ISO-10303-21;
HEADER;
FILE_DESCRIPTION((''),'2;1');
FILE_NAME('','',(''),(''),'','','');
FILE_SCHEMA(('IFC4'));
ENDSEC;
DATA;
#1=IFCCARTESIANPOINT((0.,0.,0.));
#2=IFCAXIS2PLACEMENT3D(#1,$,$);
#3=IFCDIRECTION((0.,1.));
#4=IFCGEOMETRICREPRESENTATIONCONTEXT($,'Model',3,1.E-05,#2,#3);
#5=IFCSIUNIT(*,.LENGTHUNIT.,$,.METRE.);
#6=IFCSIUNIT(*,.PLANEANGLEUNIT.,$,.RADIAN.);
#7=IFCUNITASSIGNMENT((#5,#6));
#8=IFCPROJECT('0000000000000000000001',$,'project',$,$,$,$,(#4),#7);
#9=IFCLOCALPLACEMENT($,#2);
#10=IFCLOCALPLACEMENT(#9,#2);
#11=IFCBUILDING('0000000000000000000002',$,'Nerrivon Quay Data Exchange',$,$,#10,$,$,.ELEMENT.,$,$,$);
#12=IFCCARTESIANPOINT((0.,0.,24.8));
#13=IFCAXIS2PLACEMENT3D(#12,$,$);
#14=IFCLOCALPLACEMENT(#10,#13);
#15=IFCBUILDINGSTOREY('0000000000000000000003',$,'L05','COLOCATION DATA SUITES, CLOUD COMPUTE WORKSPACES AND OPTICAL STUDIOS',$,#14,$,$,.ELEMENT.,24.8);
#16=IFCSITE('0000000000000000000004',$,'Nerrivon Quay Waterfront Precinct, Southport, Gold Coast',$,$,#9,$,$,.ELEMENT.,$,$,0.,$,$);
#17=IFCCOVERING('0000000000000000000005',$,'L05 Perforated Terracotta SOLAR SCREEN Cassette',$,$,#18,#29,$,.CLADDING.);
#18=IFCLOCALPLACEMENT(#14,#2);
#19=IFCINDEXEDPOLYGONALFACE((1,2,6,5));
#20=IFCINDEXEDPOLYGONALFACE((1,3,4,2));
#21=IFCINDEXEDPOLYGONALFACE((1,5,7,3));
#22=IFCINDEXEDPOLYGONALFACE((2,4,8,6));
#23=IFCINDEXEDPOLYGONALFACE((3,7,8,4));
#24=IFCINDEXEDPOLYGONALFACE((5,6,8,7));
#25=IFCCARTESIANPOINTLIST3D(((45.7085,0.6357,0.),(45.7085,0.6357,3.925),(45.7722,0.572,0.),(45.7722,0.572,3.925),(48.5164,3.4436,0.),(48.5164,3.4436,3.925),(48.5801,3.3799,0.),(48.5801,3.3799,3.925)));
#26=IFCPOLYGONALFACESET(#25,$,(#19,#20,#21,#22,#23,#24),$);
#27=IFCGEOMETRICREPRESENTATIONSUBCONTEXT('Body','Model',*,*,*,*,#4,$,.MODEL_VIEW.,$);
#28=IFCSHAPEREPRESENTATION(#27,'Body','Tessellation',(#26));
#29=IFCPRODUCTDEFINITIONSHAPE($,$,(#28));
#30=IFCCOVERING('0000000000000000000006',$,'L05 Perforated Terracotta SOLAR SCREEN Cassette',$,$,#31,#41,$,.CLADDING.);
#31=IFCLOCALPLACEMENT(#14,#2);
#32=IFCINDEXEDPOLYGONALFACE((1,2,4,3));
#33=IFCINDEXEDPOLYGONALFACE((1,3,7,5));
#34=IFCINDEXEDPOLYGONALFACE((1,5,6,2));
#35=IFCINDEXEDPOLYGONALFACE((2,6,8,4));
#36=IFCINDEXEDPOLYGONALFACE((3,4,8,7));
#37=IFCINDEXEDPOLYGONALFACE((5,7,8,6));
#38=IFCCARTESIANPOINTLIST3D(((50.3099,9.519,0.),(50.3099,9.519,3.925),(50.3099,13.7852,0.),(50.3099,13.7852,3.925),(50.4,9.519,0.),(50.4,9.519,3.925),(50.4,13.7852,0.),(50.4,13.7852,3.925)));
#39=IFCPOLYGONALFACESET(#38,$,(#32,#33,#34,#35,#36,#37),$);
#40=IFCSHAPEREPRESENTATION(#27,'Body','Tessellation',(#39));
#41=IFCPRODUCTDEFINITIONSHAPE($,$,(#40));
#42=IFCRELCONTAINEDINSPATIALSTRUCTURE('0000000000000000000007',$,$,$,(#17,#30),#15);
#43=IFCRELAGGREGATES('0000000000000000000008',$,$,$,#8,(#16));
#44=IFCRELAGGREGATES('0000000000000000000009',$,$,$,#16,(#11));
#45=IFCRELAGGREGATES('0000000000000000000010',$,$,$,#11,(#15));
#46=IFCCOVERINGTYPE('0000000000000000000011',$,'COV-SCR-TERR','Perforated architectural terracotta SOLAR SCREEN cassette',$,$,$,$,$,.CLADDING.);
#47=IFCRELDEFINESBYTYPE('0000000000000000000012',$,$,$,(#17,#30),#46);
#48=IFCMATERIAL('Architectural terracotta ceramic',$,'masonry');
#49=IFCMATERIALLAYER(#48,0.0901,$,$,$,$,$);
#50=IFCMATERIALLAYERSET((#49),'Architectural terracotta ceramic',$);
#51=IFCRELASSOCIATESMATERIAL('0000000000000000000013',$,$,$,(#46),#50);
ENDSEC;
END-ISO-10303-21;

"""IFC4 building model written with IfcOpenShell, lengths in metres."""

from ifc_helpers import new_model, si_unit, direction, frame, origin, origin_2d, place, context, subcontext, project, spatial, rectangle, extrude, material, layer, layer_set, type_object, element, save


model = new_model("IFC4")

# Units and contexts
model_context = context("Model", 3, precision=1e-05, world=origin(), true_north=direction((0.0, 1.0)))
body_context = subcontext(model_context, "Body", "Model", "MODEL_VIEW")
ifc_project = project(units=[si_unit("LENGTHUNIT", "METRE"), si_unit("PLANEANGLEUNIT", "RADIAN")], contexts=[model_context])

# Site, building, storey
site_placement = place(None, origin())
site = spatial("IfcSite", under=ifc_project, at=site_placement, Name="Nerrivon Quay Waterfront Precinct, Southport, Gold Coast", CompositionType="ELEMENT", RefElevation=0.0)
building_placement = place(site_placement, origin())
building = spatial("IfcBuilding", under=site, at=building_placement, Name="Nerrivon Quay Data Exchange", CompositionType="ELEMENT")
storey_placement = place(building_placement, frame((0.0, 0.0, 24.8)))
storey = spatial("IfcBuildingStorey", under=building, at=storey_placement, Name="L05", Description="COLOCATION DATA SUITES, CLOUD COMPUTE WORKSPACES AND OPTICAL STUDIOS", CompositionType="ELEMENT", Elevation=24.8)

# Coverings
ifc_material_1 = material(Name="Architectural terracotta ceramic", Category="masonry")
ifc_layer_1 = layer(ifc_material_1, 0.0901)
ifc_layer_set_1 = layer_set([ifc_layer_1], Name="Architectural terracotta ceramic")
covering_type = type_object("IfcCoveringType", Name="COV-SCR-TERR", Description="Perforated architectural terracotta SOLAR SCREEN cassette", PredefinedType="CLADDING", material=ifc_layer_set_1)
covering_1_placement = place(storey_placement, frame((47.1443, 2.0078, 0.0), z_axis=(0.0, 0.0, 1.0), x_axis=(-0.707107, -0.707107, 0.0)))
element("IfcCovering", 1, at=covering_1_placement, inside=storey, type_object=covering_type, Name="L05 Perforated Terracotta SOLAR SCREEN Cassette", PredefinedType="CLADDING", context=body_context, shape_type="SweptSolid", body=[
    extrude(rectangle(XDim=3.9709, YDim=0.0901, at=origin_2d()), origin(), (0.0, 0.0, 1.0), 3.925),
])
covering_2_placement = place(storey_placement, frame((50.355, 11.6521, 0.0), z_axis=(0.0, 0.0, 1.0), x_axis=(0.0, -1.0, 0.0)))
element("IfcCovering", 2, at=covering_2_placement, inside=storey, type_object=covering_type, Name="L05 Perforated Terracotta SOLAR SCREEN Cassette", PredefinedType="CLADDING", context=body_context, shape_type="SweptSolid", body=[
    extrude(rectangle(XDim=4.2661, YDim=0.0901, at=origin_2d()), origin(), (0.0, 0.0, 1.0), 3.925),
])

save(model, "model.ifc")
